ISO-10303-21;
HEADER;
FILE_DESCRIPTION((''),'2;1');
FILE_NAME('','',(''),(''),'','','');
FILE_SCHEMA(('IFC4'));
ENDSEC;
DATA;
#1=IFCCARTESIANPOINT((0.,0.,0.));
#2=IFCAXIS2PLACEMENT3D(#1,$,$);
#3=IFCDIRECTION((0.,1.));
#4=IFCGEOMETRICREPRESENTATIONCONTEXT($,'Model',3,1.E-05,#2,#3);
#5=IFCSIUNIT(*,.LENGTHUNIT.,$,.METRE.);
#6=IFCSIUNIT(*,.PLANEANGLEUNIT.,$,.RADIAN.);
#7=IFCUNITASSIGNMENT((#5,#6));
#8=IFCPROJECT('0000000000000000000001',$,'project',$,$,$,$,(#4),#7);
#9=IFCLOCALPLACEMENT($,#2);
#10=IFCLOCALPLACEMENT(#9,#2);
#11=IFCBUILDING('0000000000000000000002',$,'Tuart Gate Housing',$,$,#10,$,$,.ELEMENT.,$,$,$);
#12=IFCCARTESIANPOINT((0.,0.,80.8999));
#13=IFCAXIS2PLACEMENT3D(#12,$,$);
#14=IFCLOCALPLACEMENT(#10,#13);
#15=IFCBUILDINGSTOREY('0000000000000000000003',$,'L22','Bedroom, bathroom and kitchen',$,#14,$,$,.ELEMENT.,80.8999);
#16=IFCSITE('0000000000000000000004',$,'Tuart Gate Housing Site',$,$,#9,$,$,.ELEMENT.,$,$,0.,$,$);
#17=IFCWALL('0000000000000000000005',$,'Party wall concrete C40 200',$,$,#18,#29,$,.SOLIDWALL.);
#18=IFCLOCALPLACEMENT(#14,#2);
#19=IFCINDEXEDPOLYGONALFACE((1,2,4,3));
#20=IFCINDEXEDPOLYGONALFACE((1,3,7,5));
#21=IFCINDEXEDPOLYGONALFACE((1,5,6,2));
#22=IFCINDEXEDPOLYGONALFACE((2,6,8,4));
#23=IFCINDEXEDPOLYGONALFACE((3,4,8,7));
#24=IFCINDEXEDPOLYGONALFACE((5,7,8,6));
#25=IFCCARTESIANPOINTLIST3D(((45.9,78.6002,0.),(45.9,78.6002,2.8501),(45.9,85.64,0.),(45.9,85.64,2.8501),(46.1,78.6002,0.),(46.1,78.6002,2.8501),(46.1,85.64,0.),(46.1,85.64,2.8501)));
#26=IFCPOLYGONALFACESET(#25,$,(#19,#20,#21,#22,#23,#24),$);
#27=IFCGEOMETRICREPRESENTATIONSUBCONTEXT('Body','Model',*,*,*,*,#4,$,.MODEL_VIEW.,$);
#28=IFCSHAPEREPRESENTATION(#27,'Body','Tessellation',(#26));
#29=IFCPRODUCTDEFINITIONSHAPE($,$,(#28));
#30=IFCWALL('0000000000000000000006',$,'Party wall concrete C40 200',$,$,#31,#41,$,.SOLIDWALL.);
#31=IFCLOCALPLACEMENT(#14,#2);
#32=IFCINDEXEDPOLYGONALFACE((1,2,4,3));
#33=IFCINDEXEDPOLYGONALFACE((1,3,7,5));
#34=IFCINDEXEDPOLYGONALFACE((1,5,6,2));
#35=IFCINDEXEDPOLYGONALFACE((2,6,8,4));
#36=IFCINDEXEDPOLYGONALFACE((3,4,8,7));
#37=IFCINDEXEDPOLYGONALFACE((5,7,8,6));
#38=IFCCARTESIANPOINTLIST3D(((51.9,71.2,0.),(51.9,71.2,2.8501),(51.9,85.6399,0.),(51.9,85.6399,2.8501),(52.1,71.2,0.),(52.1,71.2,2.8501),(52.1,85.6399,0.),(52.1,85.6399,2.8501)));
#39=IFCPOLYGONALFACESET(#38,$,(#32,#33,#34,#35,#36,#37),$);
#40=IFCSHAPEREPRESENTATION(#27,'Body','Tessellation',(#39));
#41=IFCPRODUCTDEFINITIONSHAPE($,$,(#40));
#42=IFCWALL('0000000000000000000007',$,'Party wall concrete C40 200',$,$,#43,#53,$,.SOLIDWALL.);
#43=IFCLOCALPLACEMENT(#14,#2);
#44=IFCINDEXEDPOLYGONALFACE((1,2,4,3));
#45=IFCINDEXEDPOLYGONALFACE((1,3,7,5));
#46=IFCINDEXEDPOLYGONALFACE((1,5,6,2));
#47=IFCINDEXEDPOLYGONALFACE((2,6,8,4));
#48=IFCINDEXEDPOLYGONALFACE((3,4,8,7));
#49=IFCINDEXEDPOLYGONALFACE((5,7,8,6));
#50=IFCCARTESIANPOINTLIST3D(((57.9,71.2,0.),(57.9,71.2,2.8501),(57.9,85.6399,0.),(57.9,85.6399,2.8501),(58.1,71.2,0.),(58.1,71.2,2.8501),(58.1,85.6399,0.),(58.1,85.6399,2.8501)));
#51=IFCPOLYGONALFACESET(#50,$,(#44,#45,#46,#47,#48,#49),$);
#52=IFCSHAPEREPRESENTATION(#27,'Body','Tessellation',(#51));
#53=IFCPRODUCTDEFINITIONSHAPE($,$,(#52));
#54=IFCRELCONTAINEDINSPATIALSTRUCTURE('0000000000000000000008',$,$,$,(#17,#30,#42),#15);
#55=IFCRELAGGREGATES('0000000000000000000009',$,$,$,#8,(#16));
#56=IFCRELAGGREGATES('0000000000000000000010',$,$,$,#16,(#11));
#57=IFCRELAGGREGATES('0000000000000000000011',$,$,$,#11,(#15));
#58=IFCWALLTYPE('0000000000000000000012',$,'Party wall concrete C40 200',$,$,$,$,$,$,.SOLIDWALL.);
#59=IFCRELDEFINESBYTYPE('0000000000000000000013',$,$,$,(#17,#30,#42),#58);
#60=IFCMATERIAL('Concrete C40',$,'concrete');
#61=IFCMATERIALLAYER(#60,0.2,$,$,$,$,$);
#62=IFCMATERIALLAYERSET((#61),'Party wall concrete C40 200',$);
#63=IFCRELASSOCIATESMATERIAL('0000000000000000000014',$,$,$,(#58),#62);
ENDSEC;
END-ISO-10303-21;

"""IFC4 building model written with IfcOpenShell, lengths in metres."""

from ifc_helpers import new_model, si_unit, direction, frame, frame_2d, origin, place, context, subcontext, project, spatial, rectangle, extrude, material, layer, layer_set, type_object, element, save


model = new_model("IFC4")

# Units and contexts
model_context = context("Model", 3, precision=1e-05, world=origin(), true_north=direction((0.0, 1.0)))
body_context = subcontext(model_context, "Body", "Model", "MODEL_VIEW")
ifc_project = project(units=[si_unit("LENGTHUNIT", "METRE"), si_unit("PLANEANGLEUNIT", "RADIAN")], contexts=[model_context])

# Site, building, storey
site_placement = place(None, origin())
site = spatial("IfcSite", under=ifc_project, at=site_placement, Name="Tuart Gate Housing Site", CompositionType="ELEMENT", RefElevation=0.0)
building_placement = place(site_placement, origin())
building = spatial("IfcBuilding", under=site, at=building_placement, Name="Tuart Gate Housing", CompositionType="ELEMENT")
storey_placement = place(building_placement, frame((0.0, 0.0, 80.8999)))
storey = spatial("IfcBuildingStorey", under=building, at=storey_placement, Name="L22", Description="Bedroom, bathroom and kitchen", CompositionType="ELEMENT", Elevation=80.8999)

# Walls
ifc_material_1 = material(Name="Concrete C40", Category="concrete")
ifc_layer_1 = layer(ifc_material_1, 0.2)
ifc_layer_set_1 = layer_set([ifc_layer_1], Name="Party wall concrete C40 200")
wall_type_1 = type_object("IfcWallType", Name="Party wall concrete C40 200", PredefinedType="SOLIDWALL", material=ifc_layer_set_1)
wall_1_placement = place(storey_placement, frame((46.0, 78.6001, 0.0), z_axis=(0.0, 0.0, 1.0), x_axis=(0.0, 1.0, 0.0)))
element("IfcWall", 1, at=wall_1_placement, inside=storey, type_object=wall_type_1, Name="Party wall concrete C40 200", PredefinedType="SOLIDWALL", context=body_context, shape_type="SweptSolid", body=[
    extrude(rectangle(XDim=7.0398, YDim=0.2, at=frame_2d((3.52, 0.0))), origin(), (0.0, 0.0, 1.0), 2.8501),
])
for number, where, z_axis, x_axis, name in (
    (2, (52.0, 71.2, 0.0), (0.0, 0.0, 1.0), (0.0, 1.0, 0.0), "Party wall concrete C40 200"),
    (3, (58.0, 71.2, 0.0), (0.0, 0.0, 1.0), (0.0, 1.0, 0.0), "Party wall concrete C40 200"),
):
    element("IfcWall", number, at=place(storey_placement, frame(where, z_axis=z_axis, x_axis=x_axis)), inside=storey, type_object=wall_type_1, Name=name, PredefinedType="SOLIDWALL", context=body_context, shape_type="SweptSolid", body=[
        extrude(rectangle(XDim=14.4399, YDim=0.2, at=frame_2d((7.22, 0.0))), origin(), (0.0, 0.0, 1.0), 2.8501),
    ])

save(model, "model.ifc")
